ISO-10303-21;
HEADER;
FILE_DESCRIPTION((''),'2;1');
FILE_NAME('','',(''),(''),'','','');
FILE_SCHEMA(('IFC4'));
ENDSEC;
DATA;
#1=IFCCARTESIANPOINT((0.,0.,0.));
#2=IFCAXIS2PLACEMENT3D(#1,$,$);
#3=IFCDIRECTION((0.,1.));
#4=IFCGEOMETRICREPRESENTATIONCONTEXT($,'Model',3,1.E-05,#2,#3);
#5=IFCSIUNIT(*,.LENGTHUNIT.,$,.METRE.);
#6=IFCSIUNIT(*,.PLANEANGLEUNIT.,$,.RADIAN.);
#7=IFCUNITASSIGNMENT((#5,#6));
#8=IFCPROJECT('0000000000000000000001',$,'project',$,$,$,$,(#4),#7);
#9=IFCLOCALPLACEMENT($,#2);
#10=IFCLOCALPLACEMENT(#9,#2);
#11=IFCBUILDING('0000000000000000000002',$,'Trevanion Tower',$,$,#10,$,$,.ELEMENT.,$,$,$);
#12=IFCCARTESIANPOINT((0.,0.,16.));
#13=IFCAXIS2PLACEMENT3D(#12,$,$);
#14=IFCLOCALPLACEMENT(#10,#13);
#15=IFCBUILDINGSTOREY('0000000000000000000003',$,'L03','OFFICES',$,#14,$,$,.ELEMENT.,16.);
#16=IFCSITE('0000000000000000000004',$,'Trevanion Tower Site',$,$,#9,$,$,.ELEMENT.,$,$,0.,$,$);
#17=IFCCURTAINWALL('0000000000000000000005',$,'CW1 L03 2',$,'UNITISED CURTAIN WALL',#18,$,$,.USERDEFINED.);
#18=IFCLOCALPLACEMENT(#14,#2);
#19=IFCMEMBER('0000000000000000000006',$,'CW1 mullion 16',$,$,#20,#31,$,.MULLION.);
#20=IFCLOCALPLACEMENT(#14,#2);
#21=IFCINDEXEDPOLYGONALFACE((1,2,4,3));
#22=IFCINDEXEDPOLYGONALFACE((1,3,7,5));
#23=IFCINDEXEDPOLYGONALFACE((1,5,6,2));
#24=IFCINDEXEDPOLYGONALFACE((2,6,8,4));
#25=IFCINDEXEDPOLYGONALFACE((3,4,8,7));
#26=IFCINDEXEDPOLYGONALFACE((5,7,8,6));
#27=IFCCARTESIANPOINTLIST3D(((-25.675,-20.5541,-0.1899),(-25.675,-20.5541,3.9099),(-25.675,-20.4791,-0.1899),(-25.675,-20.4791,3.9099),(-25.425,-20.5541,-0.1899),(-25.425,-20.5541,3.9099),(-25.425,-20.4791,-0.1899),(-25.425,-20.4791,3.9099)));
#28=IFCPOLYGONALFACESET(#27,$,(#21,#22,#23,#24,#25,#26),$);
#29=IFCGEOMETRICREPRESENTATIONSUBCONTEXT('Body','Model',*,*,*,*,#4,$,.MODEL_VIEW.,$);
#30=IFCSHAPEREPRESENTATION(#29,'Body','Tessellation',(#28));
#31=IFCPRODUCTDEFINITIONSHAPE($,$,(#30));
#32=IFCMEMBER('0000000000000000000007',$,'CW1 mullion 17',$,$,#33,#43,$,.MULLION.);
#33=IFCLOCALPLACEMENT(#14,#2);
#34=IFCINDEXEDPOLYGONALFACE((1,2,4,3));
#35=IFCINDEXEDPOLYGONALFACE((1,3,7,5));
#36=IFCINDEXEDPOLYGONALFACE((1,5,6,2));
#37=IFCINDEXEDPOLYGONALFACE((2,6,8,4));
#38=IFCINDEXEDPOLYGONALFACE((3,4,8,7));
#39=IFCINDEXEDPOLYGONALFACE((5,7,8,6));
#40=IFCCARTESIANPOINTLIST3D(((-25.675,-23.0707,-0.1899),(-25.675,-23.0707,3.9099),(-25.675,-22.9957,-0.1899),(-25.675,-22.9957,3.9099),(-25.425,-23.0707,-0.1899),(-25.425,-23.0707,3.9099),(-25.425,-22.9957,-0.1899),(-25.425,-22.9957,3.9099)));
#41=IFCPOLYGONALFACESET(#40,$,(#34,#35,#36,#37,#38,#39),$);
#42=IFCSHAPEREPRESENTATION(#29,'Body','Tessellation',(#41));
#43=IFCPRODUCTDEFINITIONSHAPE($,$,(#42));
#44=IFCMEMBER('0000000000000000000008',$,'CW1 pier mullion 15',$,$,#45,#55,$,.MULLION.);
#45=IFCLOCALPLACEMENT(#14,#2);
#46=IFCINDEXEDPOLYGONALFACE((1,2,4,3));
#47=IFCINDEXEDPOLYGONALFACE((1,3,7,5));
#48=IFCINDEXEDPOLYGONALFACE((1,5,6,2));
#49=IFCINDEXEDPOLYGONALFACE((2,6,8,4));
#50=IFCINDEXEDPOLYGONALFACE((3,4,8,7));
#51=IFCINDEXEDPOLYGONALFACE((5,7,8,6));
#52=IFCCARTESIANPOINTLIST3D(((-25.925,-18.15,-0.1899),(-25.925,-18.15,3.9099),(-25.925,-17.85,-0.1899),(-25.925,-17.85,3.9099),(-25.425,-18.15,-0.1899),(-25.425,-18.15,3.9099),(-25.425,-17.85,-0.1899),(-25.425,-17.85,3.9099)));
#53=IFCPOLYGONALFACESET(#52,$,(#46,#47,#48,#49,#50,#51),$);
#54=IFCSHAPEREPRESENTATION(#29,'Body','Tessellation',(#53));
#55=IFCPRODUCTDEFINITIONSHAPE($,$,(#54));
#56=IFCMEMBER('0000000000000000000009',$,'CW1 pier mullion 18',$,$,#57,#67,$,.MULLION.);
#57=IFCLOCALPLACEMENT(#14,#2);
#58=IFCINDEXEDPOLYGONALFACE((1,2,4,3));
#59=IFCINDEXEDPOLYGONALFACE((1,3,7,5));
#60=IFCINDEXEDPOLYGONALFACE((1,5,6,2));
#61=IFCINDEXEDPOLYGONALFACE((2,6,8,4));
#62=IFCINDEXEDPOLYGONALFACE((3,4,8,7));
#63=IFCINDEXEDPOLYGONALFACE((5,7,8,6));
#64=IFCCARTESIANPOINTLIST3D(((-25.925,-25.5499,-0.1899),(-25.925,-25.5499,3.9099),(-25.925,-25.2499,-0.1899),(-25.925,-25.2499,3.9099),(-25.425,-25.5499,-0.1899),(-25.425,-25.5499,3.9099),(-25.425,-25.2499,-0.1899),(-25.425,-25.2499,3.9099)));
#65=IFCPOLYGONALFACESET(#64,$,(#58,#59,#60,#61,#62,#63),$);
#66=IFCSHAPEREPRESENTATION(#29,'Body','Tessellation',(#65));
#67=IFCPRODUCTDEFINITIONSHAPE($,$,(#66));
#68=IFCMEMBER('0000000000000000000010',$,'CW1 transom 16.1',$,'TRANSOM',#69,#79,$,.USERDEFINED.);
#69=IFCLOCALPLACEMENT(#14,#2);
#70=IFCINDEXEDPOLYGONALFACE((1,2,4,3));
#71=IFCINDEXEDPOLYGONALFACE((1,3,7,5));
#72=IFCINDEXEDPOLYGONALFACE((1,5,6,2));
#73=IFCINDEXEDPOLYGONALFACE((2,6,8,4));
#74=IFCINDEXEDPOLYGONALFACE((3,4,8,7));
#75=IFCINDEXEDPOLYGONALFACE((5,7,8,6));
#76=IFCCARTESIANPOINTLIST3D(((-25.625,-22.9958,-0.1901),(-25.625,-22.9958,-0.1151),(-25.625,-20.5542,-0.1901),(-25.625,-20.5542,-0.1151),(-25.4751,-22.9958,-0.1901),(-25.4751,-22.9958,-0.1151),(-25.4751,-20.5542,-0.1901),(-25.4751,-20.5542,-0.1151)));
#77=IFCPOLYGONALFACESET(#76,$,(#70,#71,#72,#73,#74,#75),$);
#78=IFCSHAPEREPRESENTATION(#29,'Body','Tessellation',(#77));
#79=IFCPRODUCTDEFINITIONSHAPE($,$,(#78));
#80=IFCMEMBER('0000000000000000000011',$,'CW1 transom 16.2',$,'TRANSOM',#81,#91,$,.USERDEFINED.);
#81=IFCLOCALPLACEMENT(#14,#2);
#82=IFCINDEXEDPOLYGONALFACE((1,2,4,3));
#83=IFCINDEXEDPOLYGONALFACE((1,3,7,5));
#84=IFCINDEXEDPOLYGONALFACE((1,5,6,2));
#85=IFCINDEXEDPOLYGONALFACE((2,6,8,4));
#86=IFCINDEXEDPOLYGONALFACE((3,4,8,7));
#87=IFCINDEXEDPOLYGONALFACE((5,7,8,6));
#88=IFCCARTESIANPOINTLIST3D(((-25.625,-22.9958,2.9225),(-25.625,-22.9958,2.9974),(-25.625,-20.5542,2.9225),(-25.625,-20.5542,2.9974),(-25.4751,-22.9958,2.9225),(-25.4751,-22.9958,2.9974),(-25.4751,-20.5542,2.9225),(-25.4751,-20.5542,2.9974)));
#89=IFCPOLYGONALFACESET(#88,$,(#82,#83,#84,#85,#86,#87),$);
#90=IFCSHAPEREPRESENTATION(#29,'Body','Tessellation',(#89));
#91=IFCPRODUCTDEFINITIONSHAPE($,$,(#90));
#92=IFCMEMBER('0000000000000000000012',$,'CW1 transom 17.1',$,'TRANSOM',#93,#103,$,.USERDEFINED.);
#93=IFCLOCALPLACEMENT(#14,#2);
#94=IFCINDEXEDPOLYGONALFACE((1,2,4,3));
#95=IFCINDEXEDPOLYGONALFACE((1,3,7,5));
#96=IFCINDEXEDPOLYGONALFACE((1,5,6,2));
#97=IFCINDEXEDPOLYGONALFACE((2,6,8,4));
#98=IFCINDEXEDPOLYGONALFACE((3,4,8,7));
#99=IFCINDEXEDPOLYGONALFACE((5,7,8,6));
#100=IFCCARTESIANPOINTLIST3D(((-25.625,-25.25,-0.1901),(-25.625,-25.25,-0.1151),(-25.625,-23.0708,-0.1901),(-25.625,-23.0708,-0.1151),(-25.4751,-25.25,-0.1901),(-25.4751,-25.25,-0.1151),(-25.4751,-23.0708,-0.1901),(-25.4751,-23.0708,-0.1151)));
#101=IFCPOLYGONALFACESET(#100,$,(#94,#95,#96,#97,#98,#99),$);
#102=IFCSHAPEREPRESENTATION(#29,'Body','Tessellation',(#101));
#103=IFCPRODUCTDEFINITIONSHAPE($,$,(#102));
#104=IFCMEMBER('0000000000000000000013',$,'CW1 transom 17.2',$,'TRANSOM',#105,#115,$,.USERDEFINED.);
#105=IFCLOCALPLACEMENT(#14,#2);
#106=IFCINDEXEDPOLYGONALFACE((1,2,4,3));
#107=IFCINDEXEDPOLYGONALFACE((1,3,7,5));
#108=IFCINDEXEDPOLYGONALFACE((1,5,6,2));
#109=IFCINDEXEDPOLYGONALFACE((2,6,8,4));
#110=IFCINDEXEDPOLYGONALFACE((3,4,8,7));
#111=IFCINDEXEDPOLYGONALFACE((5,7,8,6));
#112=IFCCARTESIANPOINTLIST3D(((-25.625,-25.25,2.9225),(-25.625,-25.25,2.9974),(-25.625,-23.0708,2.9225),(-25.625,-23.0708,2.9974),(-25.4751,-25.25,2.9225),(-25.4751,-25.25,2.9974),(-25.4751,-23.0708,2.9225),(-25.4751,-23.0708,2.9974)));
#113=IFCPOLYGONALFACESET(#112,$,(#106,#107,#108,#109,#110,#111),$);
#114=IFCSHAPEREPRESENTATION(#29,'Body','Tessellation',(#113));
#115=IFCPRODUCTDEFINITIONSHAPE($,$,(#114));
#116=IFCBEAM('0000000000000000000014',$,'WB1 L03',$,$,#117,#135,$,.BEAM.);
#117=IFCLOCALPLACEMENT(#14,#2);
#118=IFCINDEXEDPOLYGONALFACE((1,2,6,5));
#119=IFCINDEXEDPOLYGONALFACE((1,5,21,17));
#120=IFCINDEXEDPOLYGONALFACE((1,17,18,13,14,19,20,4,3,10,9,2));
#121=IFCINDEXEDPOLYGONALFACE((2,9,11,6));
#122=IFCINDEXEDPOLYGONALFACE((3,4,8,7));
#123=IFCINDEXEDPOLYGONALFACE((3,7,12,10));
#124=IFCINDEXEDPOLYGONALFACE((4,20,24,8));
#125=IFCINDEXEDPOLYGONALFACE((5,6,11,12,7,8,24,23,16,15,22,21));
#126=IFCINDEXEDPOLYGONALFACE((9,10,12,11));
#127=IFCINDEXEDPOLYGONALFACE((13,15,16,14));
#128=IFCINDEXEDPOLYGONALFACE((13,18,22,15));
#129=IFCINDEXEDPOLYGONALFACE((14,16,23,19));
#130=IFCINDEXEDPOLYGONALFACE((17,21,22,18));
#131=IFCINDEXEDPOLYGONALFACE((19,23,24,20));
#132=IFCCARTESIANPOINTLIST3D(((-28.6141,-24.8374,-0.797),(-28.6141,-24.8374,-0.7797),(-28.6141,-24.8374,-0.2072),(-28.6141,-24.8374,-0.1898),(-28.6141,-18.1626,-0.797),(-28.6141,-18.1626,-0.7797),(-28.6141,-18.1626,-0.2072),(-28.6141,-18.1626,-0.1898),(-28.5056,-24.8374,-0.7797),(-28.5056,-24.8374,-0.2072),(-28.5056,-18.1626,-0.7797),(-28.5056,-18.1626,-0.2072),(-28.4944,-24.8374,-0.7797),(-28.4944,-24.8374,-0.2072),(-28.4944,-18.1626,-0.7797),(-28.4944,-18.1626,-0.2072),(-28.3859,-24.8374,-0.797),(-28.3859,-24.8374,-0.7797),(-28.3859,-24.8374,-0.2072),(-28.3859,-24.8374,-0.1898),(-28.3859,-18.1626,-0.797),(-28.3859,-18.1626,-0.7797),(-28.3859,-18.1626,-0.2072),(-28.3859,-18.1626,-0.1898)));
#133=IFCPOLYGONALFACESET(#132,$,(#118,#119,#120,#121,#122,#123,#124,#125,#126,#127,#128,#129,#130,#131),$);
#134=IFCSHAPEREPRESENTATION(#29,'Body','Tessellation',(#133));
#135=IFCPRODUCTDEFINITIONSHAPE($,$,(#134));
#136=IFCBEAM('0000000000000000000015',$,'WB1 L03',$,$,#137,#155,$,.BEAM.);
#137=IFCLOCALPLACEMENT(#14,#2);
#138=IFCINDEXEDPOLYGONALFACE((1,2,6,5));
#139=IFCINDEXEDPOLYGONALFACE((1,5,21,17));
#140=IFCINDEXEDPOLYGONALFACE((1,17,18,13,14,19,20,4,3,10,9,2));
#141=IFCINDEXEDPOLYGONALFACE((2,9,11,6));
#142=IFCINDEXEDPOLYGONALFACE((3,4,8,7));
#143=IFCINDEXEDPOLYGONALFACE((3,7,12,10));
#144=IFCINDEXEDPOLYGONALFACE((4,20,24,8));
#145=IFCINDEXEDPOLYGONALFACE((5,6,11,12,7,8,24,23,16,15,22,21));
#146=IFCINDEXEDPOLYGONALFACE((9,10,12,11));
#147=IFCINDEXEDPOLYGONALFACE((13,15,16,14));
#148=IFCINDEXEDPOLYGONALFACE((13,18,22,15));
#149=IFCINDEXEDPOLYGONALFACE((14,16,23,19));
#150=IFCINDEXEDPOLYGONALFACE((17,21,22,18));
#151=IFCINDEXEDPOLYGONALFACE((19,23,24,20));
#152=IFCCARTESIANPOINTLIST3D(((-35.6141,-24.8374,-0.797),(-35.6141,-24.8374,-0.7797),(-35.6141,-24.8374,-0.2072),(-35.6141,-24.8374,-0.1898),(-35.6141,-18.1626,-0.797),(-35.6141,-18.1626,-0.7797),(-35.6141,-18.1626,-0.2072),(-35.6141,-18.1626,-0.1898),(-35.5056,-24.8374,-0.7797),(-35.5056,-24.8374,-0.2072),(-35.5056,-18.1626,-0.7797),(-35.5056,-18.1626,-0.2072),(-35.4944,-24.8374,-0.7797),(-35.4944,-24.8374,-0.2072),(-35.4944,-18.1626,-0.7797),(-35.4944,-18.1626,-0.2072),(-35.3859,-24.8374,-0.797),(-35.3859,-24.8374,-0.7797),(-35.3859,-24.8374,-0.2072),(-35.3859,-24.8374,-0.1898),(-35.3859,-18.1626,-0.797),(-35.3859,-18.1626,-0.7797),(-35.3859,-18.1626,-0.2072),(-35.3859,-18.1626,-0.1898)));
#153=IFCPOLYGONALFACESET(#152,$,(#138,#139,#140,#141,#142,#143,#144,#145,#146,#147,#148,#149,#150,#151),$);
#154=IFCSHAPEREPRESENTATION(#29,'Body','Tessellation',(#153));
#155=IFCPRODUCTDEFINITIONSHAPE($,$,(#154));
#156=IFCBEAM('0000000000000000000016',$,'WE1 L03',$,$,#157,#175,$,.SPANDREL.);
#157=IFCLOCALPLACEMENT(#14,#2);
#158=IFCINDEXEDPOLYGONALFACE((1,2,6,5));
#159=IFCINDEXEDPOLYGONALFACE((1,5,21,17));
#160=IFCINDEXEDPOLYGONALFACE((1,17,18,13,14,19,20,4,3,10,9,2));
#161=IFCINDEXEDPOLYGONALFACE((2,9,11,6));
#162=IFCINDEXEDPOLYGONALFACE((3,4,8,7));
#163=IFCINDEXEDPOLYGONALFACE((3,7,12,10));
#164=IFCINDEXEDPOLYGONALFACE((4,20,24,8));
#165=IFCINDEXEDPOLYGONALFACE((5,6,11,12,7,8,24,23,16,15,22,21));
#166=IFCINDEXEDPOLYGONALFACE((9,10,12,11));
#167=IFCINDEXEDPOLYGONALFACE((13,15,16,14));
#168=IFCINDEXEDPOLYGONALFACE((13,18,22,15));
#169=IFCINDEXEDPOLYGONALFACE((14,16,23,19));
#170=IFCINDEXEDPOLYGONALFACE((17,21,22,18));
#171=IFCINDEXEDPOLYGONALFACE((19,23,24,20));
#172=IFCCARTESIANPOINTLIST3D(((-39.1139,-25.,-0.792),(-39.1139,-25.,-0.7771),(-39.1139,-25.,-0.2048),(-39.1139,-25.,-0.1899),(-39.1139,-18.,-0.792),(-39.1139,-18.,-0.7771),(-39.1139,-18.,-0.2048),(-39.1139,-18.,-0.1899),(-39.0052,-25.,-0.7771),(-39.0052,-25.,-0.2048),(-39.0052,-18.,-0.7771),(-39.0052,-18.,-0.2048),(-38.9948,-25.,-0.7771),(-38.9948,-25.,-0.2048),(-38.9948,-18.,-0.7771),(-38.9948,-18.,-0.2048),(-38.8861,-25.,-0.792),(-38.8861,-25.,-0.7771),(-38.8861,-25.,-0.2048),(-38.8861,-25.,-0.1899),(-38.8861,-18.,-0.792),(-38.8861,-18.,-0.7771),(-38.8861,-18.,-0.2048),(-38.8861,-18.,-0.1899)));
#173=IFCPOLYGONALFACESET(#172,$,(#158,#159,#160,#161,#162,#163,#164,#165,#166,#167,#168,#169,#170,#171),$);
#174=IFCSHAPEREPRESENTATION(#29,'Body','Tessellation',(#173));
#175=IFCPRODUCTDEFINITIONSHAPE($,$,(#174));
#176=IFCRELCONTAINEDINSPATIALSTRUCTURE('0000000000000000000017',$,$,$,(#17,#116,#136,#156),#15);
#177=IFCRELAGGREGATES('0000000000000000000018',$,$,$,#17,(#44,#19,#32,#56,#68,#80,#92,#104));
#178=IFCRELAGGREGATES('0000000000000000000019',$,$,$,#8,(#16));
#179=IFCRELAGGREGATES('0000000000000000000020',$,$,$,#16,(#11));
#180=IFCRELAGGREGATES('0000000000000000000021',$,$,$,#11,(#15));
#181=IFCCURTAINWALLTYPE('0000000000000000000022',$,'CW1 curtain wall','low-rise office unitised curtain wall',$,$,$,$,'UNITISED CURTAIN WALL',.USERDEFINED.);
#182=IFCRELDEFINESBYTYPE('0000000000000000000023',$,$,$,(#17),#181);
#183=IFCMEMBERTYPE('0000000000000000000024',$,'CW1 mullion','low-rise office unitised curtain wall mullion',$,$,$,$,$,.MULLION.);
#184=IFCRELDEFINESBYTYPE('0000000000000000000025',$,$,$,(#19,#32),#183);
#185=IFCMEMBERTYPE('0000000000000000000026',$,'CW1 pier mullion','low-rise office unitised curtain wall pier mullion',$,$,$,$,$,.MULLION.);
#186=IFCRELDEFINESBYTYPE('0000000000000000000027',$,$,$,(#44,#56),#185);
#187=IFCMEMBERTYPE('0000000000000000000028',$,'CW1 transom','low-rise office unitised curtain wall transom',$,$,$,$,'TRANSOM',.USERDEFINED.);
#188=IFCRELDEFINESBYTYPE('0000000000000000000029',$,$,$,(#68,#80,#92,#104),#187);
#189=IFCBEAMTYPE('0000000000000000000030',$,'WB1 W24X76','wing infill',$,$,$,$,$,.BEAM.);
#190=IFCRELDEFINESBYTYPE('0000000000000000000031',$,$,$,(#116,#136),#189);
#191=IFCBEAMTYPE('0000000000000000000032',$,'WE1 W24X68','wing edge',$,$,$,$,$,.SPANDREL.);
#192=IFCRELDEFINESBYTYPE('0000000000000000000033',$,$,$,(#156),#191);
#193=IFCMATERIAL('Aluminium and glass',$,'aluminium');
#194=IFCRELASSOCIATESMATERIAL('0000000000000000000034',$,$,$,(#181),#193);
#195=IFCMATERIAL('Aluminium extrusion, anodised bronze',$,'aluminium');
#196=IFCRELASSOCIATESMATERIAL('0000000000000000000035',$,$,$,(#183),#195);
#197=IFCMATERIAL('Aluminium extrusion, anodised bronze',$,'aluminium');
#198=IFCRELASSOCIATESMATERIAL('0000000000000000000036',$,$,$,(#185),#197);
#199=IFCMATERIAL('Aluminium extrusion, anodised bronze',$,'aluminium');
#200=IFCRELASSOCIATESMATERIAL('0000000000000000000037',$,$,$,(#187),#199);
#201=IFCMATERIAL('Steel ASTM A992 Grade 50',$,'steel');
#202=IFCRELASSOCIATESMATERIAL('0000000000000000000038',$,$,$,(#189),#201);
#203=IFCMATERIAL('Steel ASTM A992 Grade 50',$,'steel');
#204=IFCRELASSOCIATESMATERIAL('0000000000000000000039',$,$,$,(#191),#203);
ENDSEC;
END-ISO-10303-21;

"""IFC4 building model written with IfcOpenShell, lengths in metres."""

from ifc_helpers import new_model, si_unit, direction, frame, origin, origin_2d, place, context, subcontext, project, spatial, rectangle, i_section, extrude, material, material_profile, profile_set, type_object, element, aggregate, save


model = new_model("IFC4")

# Units and contexts
model_context = context("Model", 3, precision=1e-05, world=origin(), true_north=direction((0.0, 1.0)))
body_context = subcontext(model_context, "Body", "Model", "MODEL_VIEW")
ifc_project = project(units=[si_unit("LENGTHUNIT", "METRE"), si_unit("PLANEANGLEUNIT", "RADIAN")], contexts=[model_context])

# Site, building, storey
site_placement = place(None, origin())
site = spatial("IfcSite", under=ifc_project, at=site_placement, Name="Trevanion Tower Site", CompositionType="ELEMENT", RefElevation=0.0)
building_placement = place(site_placement, origin())
building = spatial("IfcBuilding", under=site, at=building_placement, Name="Trevanion Tower", CompositionType="ELEMENT")
storey_placement = place(building_placement, frame((0.0, 0.0, 16.0)))
storey = spatial("IfcBuildingStorey", under=building, at=storey_placement, Name="L03", Description="OFFICES", CompositionType="ELEMENT", Elevation=16.0)

# Curtain wall, members
ifc_material_1 = material(Name="Aluminium and glass", Category="aluminium")
curtain_wall_type = type_object("IfcCurtainWallType", Name="CW1 curtain wall", Description="low-rise office unitised curtain wall", ElementType="UNITISED CURTAIN WALL", PredefinedType="USERDEFINED", material=ifc_material_1)
curtain_wall_placement = place(storey_placement, origin())
curtain_wall = element("IfcCurtainWall", 1, at=curtain_wall_placement, inside=storey, type_object=curtain_wall_type, Name="CW1 L03 2", ObjectType="UNITISED CURTAIN WALL", PredefinedType="USERDEFINED")
ifc_material_2 = material(Name="Aluminium extrusion, anodised bronze", Category="aluminium")
ifc_material_profile_1 = material_profile(ifc_material_2, rectangle(XDim=0.075, YDim=0.25, at=origin_2d()), Name="CW1 mullion")
ifc_profile_set_1 = profile_set([ifc_material_profile_1], Name="Aluminium extrusion, anodised bronze")
member_type_1 = type_object("IfcMemberType", Name="CW1 mullion", Description="low-rise office unitised curtain wall mullion", PredefinedType="MULLION", material=ifc_profile_set_1)
member_1_placement = place(storey_placement, frame((-25.55, -20.5166, -0.1899), z_axis=(0.0, 0.0, 1.0), x_axis=(0.0, -1.0, 0.0)))
member_1 = element("IfcMember", 2, at=member_1_placement, type_object=member_type_1, Name="CW1 mullion 16", PredefinedType="MULLION", context=body_context, shape_type="SweptSolid", body=[
    extrude(rectangle(XDim=0.075, YDim=0.25, at=origin_2d()), origin(), (0.0, 0.0, 1.0), 4.0999),
])
member_2_placement = place(storey_placement, frame((-25.55, -23.0332, -0.1899), z_axis=(0.0, 0.0, 1.0), x_axis=(0.0, -1.0, 0.0)))
member_2 = element("IfcMember", 3, at=member_2_placement, type_object=member_type_1, Name="CW1 mullion 17", PredefinedType="MULLION", context=body_context, shape_type="SweptSolid", body=[
    extrude(rectangle(XDim=0.075, YDim=0.25, at=origin_2d()), origin(), (0.0, 0.0, 1.0), 4.0999),
])
ifc_material_3 = material(Name="Aluminium extrusion, anodised bronze", Category="aluminium")
ifc_material_profile_2 = material_profile(ifc_material_3, rectangle(XDim=0.3, YDim=0.5, at=origin_2d()), Name="CW1 pier mullion")
ifc_profile_set_2 = profile_set([ifc_material_profile_2], Name="Aluminium extrusion, anodised bronze")
member_type_2 = type_object("IfcMemberType", Name="CW1 pier mullion", Description="low-rise office unitised curtain wall pier mullion", PredefinedType="MULLION", material=ifc_profile_set_2)
member_3_placement = place(storey_placement, frame((-25.675, -18.0, -0.1899), z_axis=(0.0, 0.0, 1.0), x_axis=(0.0, -1.0, 0.0)))
member_3 = element("IfcMember", 4, at=member_3_placement, type_object=member_type_2, Name="CW1 pier mullion 15", PredefinedType="MULLION", context=body_context, shape_type="SweptSolid", body=[
    extrude(rectangle(XDim=0.3, YDim=0.5, at=origin_2d()), origin(), (0.0, 0.0, 1.0), 4.0999),
])
member_4_placement = place(storey_placement, frame((-25.675, -25.3999, -0.1899), z_axis=(0.0, 0.0, 1.0), x_axis=(0.0, -1.0, 0.0)))
member_4 = element("IfcMember", 5, at=member_4_placement, type_object=member_type_2, Name="CW1 pier mullion 18", PredefinedType="MULLION", context=body_context, shape_type="SweptSolid", body=[
    extrude(rectangle(XDim=0.3, YDim=0.5, at=origin_2d()), origin(), (0.0, 0.0, 1.0), 4.0999),
])
ifc_material_4 = material(Name="Aluminium extrusion, anodised bronze", Category="aluminium")
ifc_material_profile_3 = material_profile(ifc_material_4, rectangle(XDim=0.1499, YDim=0.075, at=origin_2d()), Name="CW1 transom")
ifc_profile_set_3 = profile_set([ifc_material_profile_3], Name="Aluminium extrusion, anodised bronze")
member_type_3 = type_object("IfcMemberType", Name="CW1 transom", Description="low-rise office unitised curtain wall transom", ElementType="TRANSOM", PredefinedType="USERDEFINED", material=ifc_profile_set_3)
member_5_placement = place(storey_placement, frame((-25.55, -20.5542, -0.1526), z_axis=(0.0, -1.0, 0.0), x_axis=(1.0, 0.0, 0.0)))
member_5 = element("IfcMember", 6, at=member_5_placement, type_object=member_type_3, Name="CW1 transom 16.1", ObjectType="TRANSOM", PredefinedType="USERDEFINED", context=body_context, shape_type="SweptSolid", body=[
    extrude(rectangle(XDim=0.1499, YDim=0.075, at=origin_2d()), origin(), (0.0, 0.0, 1.0), 2.4417),
])
member_6_placement = place(storey_placement, frame((-25.55, -20.5542, 2.96), z_axis=(0.0, -1.0, 0.0), x_axis=(1.0, 0.0, 0.0)))
member_6 = element("IfcMember", 7, at=member_6_placement, type_object=member_type_3, Name="CW1 transom 16.2", ObjectType="TRANSOM", PredefinedType="USERDEFINED", context=body_context, shape_type="SweptSolid", body=[
    extrude(rectangle(XDim=0.1499, YDim=0.075, at=origin_2d()), origin(), (0.0, 0.0, 1.0), 2.4417),
])
member_7_placement = place(storey_placement, frame((-25.55, -23.0708, -0.1526), z_axis=(0.0, -1.0, 0.0), x_axis=(1.0, 0.0, 0.0)))
member_7 = element("IfcMember", 8, at=member_7_placement, type_object=member_type_3, Name="CW1 transom 17.1", ObjectType="TRANSOM", PredefinedType="USERDEFINED", context=body_context, shape_type="SweptSolid", body=[
    extrude(rectangle(XDim=0.1499, YDim=0.075, at=origin_2d()), origin(), (0.0, 0.0, 1.0), 2.1792),
])
member_8_placement = place(storey_placement, frame((-25.55, -23.0708, 2.96), z_axis=(0.0, -1.0, 0.0), x_axis=(1.0, 0.0, 0.0)))
member_8 = element("IfcMember", 9, at=member_8_placement, type_object=member_type_3, Name="CW1 transom 17.2", ObjectType="TRANSOM", PredefinedType="USERDEFINED", context=body_context, shape_type="SweptSolid", body=[
    extrude(rectangle(XDim=0.1499, YDim=0.075, at=origin_2d()), origin(), (0.0, 0.0, 1.0), 2.1792),
])

# Beams
ifc_material_5 = material(Name="Steel ASTM A992 Grade 50", Category="steel")
ifc_material_profile_4 = material_profile(ifc_material_5, i_section(OverallWidth=0.2283, OverallDepth=0.6072, WebThickness=0.0112, FlangeThickness=0.0173, at=origin_2d()), Name="W24X76")
ifc_profile_set_4 = profile_set([ifc_material_profile_4], Name="Steel ASTM A992 Grade 50")
beam_type_1 = type_object("IfcBeamType", Name="WB1 W24X76", Description="wing infill", PredefinedType="BEAM", material=ifc_profile_set_4)
for number, where, z_axis, x_axis, name in (
    (10, (-28.5, -18.1626, -0.4934), (0.0, -1.0, 0.0), (1.0, 0.0, 0.0), "WB1 L03"),
    (11, (-35.5, -18.1626, -0.4934), (0.0, -1.0, 0.0), (1.0, 0.0, 0.0), "WB1 L03"),
):
    element("IfcBeam", number, at=place(storey_placement, frame(where, z_axis=z_axis, x_axis=x_axis)), inside=storey, type_object=beam_type_1, Name=name, PredefinedType="BEAM", context=body_context, shape_type="SweptSolid", body=[
        extrude(i_section(OverallWidth=0.2283, OverallDepth=0.6072, WebThickness=0.0112, FlangeThickness=0.0173, at=origin_2d()), origin(), (0.0, 0.0, 1.0), 6.6748),
    ])
ifc_material_6 = material(Name="Steel ASTM A992 Grade 50", Category="steel")
ifc_material_profile_5 = material_profile(ifc_material_6, i_section(OverallWidth=0.2278, OverallDepth=0.6021, WebThickness=0.0105, FlangeThickness=0.0149, at=origin_2d()), Name="W24X68")
ifc_profile_set_5 = profile_set([ifc_material_profile_5], Name="Steel ASTM A992 Grade 50")
beam_type_2 = type_object("IfcBeamType", Name="WE1 W24X68", Description="wing edge", PredefinedType="SPANDREL", material=ifc_profile_set_5)
beam_placement = place(storey_placement, frame((-39.0, -18.0, -0.491), z_axis=(0.0, -1.0, 0.0), x_axis=(1.0, 0.0, 0.0)))
element("IfcBeam", 12, at=beam_placement, inside=storey, type_object=beam_type_2, Name="WE1 L03", PredefinedType="SPANDREL", context=body_context, shape_type="SweptSolid", body=[
    extrude(i_section(OverallWidth=0.2278, OverallDepth=0.6021, WebThickness=0.0105, FlangeThickness=0.0149, at=origin_2d()), origin(), (0.0, 0.0, 1.0), 7.0),
])

aggregate(curtain_wall, [member_3, member_1, member_2, member_4, member_5, member_6, member_7, member_8])

save(model, "model.ifc")
